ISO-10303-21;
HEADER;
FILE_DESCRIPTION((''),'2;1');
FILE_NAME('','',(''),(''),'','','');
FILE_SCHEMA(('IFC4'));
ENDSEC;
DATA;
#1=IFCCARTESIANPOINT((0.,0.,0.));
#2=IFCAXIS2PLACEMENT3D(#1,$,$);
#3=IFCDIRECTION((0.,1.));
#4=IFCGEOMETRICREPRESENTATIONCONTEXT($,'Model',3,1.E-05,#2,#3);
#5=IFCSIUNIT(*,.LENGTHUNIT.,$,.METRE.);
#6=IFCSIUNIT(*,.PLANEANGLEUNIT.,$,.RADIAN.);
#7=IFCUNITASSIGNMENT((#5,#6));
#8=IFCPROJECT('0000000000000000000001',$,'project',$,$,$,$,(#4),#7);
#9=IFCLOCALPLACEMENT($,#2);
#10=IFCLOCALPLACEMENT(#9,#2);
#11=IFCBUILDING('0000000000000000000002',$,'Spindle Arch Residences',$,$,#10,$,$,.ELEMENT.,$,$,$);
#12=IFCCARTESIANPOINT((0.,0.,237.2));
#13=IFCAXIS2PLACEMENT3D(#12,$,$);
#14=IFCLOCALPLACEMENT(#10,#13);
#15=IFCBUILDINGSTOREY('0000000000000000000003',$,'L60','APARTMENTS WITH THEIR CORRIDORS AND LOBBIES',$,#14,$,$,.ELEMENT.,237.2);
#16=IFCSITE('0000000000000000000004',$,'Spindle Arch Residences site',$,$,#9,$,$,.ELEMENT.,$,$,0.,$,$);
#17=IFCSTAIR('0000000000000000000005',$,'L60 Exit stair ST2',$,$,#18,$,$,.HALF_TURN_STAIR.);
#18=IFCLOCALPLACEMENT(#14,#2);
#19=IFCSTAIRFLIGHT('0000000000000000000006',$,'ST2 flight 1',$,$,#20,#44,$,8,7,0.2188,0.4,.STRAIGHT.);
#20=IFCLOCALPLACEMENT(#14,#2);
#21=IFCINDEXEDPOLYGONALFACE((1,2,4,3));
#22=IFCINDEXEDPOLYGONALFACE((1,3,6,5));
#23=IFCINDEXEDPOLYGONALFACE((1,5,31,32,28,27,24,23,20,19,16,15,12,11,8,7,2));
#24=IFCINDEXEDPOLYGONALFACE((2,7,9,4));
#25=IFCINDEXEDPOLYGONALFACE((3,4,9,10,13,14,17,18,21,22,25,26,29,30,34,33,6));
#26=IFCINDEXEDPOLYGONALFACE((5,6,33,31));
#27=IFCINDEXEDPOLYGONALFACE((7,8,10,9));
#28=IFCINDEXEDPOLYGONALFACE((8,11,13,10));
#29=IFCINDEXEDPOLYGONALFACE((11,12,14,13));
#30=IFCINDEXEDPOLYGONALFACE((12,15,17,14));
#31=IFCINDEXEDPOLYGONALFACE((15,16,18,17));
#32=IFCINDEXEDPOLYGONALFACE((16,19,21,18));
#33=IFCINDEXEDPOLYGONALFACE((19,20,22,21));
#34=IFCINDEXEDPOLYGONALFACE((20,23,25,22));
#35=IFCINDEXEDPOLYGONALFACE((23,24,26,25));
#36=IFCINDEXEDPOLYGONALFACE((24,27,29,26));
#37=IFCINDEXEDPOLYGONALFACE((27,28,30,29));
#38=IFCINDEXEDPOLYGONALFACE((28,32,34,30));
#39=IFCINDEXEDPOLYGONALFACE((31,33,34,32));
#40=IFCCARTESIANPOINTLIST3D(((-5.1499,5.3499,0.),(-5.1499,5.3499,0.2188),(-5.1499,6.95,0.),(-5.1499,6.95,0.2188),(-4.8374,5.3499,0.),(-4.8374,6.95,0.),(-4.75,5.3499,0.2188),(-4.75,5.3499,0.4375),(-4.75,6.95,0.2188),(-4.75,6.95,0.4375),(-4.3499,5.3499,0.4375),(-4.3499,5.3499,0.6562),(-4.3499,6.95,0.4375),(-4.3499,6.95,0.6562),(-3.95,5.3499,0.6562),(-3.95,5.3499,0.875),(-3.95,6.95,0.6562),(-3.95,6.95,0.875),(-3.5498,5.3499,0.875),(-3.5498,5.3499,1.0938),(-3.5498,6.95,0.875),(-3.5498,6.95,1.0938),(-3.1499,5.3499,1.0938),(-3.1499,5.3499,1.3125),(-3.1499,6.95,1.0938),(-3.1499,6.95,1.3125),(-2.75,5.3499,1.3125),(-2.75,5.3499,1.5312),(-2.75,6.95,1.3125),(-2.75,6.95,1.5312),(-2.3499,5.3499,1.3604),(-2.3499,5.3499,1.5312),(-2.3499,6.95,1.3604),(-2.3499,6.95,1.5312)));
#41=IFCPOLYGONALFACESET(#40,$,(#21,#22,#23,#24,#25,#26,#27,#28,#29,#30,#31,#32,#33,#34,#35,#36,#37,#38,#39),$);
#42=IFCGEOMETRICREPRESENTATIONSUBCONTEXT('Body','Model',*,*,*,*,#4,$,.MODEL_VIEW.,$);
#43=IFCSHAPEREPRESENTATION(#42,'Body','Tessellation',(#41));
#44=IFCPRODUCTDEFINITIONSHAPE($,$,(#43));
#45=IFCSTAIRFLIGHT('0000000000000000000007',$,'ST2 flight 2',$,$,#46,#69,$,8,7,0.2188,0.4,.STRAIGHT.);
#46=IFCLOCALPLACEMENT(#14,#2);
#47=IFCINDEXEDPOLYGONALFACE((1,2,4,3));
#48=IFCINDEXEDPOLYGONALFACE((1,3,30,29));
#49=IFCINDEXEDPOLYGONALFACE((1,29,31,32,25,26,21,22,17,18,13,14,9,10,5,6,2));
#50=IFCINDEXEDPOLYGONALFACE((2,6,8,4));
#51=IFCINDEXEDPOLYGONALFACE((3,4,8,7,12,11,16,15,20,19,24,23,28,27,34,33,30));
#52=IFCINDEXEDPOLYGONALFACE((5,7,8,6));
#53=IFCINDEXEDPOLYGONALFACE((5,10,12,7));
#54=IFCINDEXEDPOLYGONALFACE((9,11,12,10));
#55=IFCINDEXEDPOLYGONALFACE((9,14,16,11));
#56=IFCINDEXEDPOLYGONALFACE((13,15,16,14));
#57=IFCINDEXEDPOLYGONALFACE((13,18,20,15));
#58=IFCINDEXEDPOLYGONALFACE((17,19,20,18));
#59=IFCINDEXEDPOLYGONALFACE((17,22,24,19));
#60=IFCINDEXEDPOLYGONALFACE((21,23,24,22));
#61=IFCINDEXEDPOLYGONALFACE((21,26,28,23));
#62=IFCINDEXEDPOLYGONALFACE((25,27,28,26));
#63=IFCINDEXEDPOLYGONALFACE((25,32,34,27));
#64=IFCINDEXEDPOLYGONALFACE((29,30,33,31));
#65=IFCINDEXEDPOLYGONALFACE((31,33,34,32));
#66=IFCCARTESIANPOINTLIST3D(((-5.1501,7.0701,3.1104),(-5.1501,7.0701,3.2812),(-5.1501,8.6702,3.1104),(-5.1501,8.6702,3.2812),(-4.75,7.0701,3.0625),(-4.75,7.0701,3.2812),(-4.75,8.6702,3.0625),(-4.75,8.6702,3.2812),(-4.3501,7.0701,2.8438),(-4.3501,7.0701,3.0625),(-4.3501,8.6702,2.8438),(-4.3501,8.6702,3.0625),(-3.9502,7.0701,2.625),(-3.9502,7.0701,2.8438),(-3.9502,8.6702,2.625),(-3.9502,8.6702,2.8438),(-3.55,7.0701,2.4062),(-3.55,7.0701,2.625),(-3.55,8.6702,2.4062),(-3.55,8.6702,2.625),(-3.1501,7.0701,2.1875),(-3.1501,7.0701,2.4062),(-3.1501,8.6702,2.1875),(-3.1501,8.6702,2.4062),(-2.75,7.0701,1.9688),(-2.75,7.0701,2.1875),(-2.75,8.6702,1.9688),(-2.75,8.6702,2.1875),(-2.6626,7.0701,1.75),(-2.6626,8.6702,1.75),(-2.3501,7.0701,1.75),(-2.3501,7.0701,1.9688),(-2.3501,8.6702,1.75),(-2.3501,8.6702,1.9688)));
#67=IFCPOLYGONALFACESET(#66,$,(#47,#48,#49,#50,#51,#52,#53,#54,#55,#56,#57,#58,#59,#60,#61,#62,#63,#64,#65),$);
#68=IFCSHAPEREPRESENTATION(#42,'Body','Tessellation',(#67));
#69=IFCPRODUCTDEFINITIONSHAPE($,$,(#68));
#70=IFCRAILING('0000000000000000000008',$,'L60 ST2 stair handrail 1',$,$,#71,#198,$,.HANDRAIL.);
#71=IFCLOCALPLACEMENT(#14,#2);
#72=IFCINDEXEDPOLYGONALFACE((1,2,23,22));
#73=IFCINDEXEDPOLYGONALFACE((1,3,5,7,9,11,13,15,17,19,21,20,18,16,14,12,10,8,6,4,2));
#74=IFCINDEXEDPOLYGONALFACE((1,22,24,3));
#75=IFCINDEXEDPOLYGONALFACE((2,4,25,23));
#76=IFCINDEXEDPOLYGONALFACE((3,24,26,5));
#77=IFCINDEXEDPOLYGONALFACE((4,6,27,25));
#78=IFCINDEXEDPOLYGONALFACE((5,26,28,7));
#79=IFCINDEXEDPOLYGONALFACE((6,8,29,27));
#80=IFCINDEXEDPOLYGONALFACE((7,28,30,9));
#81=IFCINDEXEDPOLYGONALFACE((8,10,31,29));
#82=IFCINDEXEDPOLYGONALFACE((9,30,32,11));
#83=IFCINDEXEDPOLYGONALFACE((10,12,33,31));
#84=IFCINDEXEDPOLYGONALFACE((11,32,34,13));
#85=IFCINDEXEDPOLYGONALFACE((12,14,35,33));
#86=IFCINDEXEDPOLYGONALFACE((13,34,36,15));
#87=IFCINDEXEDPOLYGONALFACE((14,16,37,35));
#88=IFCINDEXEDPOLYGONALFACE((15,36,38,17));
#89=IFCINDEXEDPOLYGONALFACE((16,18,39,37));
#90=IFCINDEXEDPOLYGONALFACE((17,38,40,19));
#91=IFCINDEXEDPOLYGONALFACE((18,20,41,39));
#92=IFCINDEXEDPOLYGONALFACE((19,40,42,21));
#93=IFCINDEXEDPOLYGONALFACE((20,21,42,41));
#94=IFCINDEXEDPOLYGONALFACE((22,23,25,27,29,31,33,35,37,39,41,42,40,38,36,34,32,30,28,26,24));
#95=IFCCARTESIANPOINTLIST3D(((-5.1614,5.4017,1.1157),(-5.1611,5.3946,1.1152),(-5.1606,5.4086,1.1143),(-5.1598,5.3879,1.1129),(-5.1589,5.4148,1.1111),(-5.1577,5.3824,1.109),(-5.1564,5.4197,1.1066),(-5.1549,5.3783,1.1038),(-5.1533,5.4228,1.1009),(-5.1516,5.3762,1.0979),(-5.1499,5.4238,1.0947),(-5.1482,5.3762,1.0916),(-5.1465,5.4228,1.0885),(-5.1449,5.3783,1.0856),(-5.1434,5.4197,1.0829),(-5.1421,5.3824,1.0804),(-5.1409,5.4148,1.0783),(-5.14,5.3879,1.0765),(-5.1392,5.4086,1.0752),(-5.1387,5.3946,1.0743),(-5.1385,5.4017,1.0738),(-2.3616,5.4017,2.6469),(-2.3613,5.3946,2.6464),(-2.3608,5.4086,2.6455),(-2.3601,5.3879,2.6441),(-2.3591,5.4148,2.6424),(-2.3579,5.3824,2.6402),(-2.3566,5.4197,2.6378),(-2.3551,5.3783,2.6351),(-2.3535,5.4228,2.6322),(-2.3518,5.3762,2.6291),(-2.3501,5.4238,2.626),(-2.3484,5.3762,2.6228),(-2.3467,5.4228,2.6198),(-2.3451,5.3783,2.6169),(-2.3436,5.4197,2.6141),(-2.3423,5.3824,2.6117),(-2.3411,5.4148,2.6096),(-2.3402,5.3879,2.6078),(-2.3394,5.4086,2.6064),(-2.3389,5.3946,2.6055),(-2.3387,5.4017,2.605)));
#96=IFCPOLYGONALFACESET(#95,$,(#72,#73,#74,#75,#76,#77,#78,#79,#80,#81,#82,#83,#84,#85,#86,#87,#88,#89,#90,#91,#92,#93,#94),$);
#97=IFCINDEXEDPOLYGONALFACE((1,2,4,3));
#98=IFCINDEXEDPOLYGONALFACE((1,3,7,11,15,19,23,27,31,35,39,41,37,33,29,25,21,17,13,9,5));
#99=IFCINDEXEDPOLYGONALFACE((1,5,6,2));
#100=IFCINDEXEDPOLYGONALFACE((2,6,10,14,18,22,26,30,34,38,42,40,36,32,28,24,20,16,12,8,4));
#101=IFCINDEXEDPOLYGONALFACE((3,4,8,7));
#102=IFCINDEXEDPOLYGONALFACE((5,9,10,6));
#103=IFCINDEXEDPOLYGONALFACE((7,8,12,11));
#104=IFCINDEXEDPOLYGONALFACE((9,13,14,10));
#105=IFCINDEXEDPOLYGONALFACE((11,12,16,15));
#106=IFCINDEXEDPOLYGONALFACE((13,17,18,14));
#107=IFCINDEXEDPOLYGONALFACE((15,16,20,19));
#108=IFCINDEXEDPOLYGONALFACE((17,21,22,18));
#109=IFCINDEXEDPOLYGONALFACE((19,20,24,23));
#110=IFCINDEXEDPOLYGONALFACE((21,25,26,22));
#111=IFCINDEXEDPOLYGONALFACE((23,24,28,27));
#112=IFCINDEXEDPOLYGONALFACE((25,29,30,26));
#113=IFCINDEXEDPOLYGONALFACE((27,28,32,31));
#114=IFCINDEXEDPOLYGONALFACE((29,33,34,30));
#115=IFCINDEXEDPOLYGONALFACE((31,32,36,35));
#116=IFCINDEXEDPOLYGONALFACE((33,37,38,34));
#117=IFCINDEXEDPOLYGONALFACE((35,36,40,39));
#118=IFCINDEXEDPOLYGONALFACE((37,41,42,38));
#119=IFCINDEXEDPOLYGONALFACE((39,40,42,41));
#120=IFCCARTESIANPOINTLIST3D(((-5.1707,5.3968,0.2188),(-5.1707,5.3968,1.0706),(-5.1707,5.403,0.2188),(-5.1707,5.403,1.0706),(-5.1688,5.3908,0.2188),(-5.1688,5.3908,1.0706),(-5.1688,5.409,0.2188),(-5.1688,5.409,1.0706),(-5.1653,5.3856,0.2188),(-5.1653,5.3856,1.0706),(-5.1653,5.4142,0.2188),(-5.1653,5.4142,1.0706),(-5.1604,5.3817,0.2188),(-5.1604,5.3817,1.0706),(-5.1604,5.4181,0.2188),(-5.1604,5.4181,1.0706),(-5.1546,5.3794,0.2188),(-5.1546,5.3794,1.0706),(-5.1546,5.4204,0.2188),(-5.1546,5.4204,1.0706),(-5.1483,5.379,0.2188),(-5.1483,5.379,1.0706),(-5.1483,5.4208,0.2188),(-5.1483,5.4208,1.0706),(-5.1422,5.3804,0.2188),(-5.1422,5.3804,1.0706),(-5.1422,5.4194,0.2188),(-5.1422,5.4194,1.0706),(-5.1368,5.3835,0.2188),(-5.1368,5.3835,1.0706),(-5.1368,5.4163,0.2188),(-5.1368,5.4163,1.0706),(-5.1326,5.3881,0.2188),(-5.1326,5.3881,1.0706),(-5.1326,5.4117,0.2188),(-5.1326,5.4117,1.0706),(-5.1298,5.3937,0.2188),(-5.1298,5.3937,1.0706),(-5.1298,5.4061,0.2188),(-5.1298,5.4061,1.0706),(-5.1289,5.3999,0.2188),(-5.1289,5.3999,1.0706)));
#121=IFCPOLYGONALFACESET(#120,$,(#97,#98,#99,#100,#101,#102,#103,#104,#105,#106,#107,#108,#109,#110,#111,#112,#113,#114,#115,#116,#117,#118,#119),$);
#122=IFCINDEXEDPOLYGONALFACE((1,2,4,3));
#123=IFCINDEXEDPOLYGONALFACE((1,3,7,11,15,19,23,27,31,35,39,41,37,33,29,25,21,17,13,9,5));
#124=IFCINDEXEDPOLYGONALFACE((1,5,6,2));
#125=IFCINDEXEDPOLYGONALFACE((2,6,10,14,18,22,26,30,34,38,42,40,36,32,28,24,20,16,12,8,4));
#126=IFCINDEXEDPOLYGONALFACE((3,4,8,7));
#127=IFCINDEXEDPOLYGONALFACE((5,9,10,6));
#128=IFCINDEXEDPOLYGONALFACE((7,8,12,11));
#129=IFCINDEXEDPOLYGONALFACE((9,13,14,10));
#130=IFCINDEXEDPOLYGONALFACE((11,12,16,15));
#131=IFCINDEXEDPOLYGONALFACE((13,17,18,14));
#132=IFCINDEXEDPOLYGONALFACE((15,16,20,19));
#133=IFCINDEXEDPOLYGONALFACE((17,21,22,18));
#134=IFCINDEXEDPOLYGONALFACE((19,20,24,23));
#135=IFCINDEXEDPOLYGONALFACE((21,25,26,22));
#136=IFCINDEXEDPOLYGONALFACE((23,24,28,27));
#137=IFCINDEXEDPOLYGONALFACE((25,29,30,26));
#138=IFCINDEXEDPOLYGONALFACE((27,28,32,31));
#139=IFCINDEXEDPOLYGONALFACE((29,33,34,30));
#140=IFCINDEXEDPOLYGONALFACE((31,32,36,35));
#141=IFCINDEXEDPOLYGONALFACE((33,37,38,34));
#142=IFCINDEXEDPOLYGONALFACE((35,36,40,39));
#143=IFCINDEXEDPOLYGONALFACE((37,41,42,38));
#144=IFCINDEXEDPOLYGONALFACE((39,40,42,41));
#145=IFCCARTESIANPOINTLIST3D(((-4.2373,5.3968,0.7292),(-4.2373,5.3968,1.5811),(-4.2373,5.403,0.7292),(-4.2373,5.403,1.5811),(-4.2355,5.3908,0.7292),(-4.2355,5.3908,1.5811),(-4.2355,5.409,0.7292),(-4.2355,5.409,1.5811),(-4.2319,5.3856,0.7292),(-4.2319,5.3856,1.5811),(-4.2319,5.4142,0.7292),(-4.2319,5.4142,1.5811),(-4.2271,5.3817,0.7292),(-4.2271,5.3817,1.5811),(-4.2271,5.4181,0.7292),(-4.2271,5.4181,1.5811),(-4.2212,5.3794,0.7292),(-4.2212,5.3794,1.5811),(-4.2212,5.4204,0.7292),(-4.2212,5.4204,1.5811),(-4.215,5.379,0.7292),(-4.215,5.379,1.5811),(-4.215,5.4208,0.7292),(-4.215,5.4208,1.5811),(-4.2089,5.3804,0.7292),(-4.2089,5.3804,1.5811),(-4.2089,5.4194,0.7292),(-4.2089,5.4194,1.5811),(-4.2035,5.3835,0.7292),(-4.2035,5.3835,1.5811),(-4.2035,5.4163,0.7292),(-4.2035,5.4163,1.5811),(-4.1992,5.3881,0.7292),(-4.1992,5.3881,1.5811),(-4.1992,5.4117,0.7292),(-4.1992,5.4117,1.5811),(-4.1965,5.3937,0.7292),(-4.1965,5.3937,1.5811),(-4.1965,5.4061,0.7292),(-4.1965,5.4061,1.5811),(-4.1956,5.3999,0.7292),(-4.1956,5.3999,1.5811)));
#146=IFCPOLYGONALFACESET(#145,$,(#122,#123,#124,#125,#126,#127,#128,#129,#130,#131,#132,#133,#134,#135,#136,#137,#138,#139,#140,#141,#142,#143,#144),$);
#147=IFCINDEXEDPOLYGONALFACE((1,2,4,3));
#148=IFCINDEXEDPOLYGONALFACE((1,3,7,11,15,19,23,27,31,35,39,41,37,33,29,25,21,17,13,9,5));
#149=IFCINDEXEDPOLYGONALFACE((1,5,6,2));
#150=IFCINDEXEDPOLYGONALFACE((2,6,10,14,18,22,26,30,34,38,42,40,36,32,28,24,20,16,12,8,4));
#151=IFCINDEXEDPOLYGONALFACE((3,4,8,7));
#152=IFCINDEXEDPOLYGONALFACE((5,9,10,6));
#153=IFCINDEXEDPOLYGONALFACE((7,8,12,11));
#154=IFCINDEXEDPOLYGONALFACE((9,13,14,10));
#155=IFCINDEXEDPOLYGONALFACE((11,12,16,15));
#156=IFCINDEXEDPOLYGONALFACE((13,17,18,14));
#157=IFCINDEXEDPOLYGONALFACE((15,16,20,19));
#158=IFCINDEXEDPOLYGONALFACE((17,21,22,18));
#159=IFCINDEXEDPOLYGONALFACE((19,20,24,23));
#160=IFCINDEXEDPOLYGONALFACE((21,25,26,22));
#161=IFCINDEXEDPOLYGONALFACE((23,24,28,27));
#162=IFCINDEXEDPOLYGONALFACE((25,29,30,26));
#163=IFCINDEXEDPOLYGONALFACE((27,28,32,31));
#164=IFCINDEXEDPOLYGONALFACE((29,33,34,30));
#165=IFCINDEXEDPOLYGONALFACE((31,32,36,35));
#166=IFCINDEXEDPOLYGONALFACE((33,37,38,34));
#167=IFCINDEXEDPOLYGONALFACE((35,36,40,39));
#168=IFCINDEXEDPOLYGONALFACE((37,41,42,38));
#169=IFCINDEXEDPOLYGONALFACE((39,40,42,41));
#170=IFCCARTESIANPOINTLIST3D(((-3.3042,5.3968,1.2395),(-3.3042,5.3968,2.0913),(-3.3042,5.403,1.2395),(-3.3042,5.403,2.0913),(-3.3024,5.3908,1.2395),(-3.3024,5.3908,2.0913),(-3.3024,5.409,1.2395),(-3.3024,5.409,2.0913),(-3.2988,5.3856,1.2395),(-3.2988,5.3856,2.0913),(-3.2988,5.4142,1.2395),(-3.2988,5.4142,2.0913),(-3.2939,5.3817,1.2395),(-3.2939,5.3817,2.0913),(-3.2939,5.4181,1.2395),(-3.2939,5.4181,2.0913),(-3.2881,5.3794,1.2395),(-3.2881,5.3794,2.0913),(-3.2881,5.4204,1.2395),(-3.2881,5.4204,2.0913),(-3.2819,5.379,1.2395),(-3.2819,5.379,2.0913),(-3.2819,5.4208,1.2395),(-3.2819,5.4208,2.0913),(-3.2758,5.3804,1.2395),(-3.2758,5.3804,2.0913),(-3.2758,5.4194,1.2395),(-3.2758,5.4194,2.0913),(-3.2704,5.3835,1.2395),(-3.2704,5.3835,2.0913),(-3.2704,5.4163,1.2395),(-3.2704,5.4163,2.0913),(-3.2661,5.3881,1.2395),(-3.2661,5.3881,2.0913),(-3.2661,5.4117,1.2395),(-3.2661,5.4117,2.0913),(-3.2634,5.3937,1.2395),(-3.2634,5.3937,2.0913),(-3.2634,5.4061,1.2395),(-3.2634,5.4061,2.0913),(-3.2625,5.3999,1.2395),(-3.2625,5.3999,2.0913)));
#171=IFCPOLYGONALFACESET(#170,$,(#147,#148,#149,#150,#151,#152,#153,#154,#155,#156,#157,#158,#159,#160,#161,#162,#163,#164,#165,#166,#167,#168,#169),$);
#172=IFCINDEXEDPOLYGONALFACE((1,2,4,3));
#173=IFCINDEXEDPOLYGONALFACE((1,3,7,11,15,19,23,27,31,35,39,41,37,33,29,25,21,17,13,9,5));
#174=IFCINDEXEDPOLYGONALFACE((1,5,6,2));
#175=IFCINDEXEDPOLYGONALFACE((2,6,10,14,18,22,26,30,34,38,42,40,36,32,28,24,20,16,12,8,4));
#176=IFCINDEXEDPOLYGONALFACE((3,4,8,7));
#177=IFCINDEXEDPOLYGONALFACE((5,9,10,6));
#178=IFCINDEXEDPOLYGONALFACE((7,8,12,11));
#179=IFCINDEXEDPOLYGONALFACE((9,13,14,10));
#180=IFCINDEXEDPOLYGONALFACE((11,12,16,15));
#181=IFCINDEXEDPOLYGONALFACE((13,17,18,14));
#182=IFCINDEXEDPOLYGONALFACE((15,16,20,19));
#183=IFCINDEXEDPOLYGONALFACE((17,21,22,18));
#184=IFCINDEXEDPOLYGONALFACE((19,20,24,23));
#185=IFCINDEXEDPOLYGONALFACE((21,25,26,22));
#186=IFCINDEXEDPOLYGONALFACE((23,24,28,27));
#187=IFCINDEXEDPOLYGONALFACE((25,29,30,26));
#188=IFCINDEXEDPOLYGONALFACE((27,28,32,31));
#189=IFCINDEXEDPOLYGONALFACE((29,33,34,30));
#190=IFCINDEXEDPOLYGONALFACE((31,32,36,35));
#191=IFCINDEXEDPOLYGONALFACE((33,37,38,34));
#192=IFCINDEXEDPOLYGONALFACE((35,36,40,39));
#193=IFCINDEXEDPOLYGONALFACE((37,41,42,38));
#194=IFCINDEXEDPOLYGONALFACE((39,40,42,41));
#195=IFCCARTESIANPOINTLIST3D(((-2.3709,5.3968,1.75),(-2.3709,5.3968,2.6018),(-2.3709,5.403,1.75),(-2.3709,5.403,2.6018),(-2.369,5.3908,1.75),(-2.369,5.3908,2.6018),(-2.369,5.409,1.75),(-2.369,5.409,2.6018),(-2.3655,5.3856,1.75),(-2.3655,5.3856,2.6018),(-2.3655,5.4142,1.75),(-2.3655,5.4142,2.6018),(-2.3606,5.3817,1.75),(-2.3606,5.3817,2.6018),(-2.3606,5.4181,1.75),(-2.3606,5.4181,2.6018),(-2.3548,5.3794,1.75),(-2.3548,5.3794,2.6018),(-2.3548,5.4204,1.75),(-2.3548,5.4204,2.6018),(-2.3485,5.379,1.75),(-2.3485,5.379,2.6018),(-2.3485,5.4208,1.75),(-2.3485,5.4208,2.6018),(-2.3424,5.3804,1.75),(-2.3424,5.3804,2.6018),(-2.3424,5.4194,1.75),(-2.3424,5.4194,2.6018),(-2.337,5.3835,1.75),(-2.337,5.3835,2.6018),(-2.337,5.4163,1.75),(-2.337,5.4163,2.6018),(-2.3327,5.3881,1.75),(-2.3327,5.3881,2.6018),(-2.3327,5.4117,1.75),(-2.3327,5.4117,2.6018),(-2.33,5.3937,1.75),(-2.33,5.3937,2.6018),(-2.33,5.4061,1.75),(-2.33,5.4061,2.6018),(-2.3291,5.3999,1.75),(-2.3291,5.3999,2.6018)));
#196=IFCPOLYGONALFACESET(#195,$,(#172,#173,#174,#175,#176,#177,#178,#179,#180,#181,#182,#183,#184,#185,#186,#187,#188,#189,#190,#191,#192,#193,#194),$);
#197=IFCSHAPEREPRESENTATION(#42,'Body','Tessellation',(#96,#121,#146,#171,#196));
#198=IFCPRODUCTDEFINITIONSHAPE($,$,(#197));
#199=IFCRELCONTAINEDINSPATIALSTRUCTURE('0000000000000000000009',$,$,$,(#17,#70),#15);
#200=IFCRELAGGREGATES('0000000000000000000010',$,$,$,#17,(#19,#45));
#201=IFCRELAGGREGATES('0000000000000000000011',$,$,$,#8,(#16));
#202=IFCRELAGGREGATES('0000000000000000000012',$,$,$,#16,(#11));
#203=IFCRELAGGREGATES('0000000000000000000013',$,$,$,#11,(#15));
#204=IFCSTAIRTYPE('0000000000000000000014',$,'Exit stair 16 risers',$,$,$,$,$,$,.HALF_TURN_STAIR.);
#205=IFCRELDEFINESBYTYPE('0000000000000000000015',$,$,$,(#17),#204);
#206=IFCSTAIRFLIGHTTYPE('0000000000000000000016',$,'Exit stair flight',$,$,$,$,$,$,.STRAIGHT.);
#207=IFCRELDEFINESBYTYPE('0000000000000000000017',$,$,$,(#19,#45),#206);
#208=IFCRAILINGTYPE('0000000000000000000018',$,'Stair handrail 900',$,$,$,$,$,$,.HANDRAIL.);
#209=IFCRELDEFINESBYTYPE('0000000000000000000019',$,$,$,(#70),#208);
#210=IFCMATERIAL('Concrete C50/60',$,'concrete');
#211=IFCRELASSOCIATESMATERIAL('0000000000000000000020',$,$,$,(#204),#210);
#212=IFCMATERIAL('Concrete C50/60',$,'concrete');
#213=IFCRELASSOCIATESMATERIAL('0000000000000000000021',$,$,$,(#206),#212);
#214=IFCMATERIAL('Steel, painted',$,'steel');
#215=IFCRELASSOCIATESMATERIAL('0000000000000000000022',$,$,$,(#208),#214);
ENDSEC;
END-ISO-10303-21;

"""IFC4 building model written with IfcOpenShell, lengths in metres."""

from ifc_helpers import new_model, si_unit, direction, frame, origin, origin_2d, place, context, subcontext, project, spatial, polyline, circle, outline, extrude, material, type_object, element, aggregate, save


model = new_model("IFC4")

# Units and contexts
model_context = context("Model", 3, precision=1e-05, world=origin(), true_north=direction((0.0, 1.0)))
body_context = subcontext(model_context, "Body", "Model", "MODEL_VIEW")
ifc_project = project(units=[si_unit("LENGTHUNIT", "METRE"), si_unit("PLANEANGLEUNIT", "RADIAN")], contexts=[model_context])

# Site, building, storey
site_placement = place(None, origin())
site = spatial("IfcSite", under=ifc_project, at=site_placement, Name="Spindle Arch Residences site", CompositionType="ELEMENT", RefElevation=0.0)
building_placement = place(site_placement, origin())
building = spatial("IfcBuilding", under=site, at=building_placement, Name="Spindle Arch Residences", CompositionType="ELEMENT")
storey_placement = place(building_placement, frame((0.0, 0.0, 237.2)))
storey = spatial("IfcBuildingStorey", under=building, at=storey_placement, Name="L60", Description="APARTMENTS WITH THEIR CORRIDORS AND LOBBIES", CompositionType="ELEMENT", Elevation=237.2)

# Stair, stair flights
ifc_material_1 = material(Name="Concrete C50/60", Category="concrete")
stair_type = type_object("IfcStairType", Name="Exit stair 16 risers", PredefinedType="HALF_TURN_STAIR", material=ifc_material_1)
stair_placement = place(storey_placement, origin())
stair = element("IfcStair", 1, at=stair_placement, inside=storey, type_object=stair_type, Name="L60 Exit stair ST2", PredefinedType="HALF_TURN_STAIR")
ifc_material_2 = material(Name="Concrete C50/60", Category="concrete")
stair_flight_type = type_object("IfcStairFlightType", Name="Exit stair flight", PredefinedType="STRAIGHT", material=ifc_material_2)
stair_flight_1_placement = place(storey_placement, frame((-5.1499, 6.1499, 0.0), z_axis=(0.0, 0.0, 1.0), x_axis=(1.0, 0.0, 0.0)))
stair_flight_1 = element("IfcStairFlight", 2, at=stair_flight_1_placement, type_object=stair_flight_type, Name="ST2 flight 1", NumberOfRisers=8, NumberOfTreads=7, PredefinedType="STRAIGHT", RiserHeight=0.2188, TreadLength=0.4, context=body_context, shape_type="SweptSolid", body=[
    extrude(outline(polyline([(0.0, 0.0), (0.0, 0.2188), (0.3999, 0.2188), (0.3999, 0.4375), (0.8, 0.4375), (0.8, 0.6562), (1.2, 0.6562), (1.2, 0.875), (1.6001, 0.875), (1.6001, 1.0938), (2.0, 1.0938), (2.0, 1.3125), (2.3999, 1.3125), (2.3999, 1.5312), (2.8, 1.5312), (2.8, 1.75), (2.8, 1.3604), (0.3125, 0.0), (0.0, 0.0)])), frame((0.0, 0.8, 0.0), z_axis=(0.0, -1.0, 0.0), x_axis=(1.0, 0.0, 0.0)), (0.0, 0.0, 1.0), 1.6001),
])
stair_flight_2_placement = place(storey_placement, frame((-2.3501, 7.8701, 1.75), z_axis=(0.0, 0.0, 1.0), x_axis=(-1.0, 0.0, 0.0)))
stair_flight_2 = element("IfcStairFlight", 3, at=stair_flight_2_placement, type_object=stair_flight_type, Name="ST2 flight 2", NumberOfRisers=8, NumberOfTreads=7, PredefinedType="STRAIGHT", RiserHeight=0.2188, TreadLength=0.4, context=body_context, shape_type="SweptSolid", body=[
    extrude(outline(polyline([(0.0, 0.0), (0.0, 0.2188), (0.3999, 0.2188), (0.3999, 0.4375), (0.8, 0.4375), (0.8, 0.6562), (1.2, 0.6562), (1.2, 0.875), (1.6001, 0.875), (1.6001, 1.0938), (2.0, 1.0938), (2.0, 1.3125), (2.3999, 1.3125), (2.3999, 1.5312), (2.8, 1.5312), (2.8, 1.75), (2.8, 1.3604), (0.3125, 0.0), (0.0, 0.0)])), frame((0.0, 0.8, 0.0), z_axis=(0.0, -1.0, 0.0), x_axis=(1.0, 0.0, 0.0)), (0.0, 0.0, 1.0), 1.6001),
])
aggregate(stair, [stair_flight_1, stair_flight_2])

# Railing
ifc_material_3 = material(Name="Steel, painted", Category="steel")
railing_type_1 = type_object("IfcRailingType", Name="Stair handrail 900", PredefinedType="HANDRAIL", material=ifc_material_3)
railing_1_placement = place(storey_placement, frame((-5.1499, 5.3999, 0.2188)))
element("IfcRailing", 4, at=railing_1_placement, inside=storey, type_object=railing_type_1, Name="L60 ST2 stair handrail 1", PredefinedType="HANDRAIL", context=body_context, shape_type="SweptSolid", body=[
    extrude(circle(Radius=0.0239, at=origin_2d()), frame((0.0, 0.0, 0.876), z_axis=(0.877357, 0.0, 0.479838), x_axis=(0.0, 1.0, 0.0)), (0.0, 0.0, 1.0), 3.1912),
    extrude(circle(Radius=0.021, at=origin_2d()), origin(), (0.0, 0.0, 1.0), 0.8518),
    extrude(circle(Radius=0.021, at=origin_2d()), frame((0.9333, 0.0, 0.5105)), (0.0, 0.0, 1.0), 0.8518),
    extrude(circle(Radius=0.021, at=origin_2d()), frame((1.8665, 0.0, 1.0208)), (0.0, 0.0, 1.0), 0.8518),
    extrude(circle(Radius=0.021, at=origin_2d()), frame((2.7998, 0.0, 1.5312)), (0.0, 0.0, 1.0), 0.8518),
])

save(model, "model.ifc")
